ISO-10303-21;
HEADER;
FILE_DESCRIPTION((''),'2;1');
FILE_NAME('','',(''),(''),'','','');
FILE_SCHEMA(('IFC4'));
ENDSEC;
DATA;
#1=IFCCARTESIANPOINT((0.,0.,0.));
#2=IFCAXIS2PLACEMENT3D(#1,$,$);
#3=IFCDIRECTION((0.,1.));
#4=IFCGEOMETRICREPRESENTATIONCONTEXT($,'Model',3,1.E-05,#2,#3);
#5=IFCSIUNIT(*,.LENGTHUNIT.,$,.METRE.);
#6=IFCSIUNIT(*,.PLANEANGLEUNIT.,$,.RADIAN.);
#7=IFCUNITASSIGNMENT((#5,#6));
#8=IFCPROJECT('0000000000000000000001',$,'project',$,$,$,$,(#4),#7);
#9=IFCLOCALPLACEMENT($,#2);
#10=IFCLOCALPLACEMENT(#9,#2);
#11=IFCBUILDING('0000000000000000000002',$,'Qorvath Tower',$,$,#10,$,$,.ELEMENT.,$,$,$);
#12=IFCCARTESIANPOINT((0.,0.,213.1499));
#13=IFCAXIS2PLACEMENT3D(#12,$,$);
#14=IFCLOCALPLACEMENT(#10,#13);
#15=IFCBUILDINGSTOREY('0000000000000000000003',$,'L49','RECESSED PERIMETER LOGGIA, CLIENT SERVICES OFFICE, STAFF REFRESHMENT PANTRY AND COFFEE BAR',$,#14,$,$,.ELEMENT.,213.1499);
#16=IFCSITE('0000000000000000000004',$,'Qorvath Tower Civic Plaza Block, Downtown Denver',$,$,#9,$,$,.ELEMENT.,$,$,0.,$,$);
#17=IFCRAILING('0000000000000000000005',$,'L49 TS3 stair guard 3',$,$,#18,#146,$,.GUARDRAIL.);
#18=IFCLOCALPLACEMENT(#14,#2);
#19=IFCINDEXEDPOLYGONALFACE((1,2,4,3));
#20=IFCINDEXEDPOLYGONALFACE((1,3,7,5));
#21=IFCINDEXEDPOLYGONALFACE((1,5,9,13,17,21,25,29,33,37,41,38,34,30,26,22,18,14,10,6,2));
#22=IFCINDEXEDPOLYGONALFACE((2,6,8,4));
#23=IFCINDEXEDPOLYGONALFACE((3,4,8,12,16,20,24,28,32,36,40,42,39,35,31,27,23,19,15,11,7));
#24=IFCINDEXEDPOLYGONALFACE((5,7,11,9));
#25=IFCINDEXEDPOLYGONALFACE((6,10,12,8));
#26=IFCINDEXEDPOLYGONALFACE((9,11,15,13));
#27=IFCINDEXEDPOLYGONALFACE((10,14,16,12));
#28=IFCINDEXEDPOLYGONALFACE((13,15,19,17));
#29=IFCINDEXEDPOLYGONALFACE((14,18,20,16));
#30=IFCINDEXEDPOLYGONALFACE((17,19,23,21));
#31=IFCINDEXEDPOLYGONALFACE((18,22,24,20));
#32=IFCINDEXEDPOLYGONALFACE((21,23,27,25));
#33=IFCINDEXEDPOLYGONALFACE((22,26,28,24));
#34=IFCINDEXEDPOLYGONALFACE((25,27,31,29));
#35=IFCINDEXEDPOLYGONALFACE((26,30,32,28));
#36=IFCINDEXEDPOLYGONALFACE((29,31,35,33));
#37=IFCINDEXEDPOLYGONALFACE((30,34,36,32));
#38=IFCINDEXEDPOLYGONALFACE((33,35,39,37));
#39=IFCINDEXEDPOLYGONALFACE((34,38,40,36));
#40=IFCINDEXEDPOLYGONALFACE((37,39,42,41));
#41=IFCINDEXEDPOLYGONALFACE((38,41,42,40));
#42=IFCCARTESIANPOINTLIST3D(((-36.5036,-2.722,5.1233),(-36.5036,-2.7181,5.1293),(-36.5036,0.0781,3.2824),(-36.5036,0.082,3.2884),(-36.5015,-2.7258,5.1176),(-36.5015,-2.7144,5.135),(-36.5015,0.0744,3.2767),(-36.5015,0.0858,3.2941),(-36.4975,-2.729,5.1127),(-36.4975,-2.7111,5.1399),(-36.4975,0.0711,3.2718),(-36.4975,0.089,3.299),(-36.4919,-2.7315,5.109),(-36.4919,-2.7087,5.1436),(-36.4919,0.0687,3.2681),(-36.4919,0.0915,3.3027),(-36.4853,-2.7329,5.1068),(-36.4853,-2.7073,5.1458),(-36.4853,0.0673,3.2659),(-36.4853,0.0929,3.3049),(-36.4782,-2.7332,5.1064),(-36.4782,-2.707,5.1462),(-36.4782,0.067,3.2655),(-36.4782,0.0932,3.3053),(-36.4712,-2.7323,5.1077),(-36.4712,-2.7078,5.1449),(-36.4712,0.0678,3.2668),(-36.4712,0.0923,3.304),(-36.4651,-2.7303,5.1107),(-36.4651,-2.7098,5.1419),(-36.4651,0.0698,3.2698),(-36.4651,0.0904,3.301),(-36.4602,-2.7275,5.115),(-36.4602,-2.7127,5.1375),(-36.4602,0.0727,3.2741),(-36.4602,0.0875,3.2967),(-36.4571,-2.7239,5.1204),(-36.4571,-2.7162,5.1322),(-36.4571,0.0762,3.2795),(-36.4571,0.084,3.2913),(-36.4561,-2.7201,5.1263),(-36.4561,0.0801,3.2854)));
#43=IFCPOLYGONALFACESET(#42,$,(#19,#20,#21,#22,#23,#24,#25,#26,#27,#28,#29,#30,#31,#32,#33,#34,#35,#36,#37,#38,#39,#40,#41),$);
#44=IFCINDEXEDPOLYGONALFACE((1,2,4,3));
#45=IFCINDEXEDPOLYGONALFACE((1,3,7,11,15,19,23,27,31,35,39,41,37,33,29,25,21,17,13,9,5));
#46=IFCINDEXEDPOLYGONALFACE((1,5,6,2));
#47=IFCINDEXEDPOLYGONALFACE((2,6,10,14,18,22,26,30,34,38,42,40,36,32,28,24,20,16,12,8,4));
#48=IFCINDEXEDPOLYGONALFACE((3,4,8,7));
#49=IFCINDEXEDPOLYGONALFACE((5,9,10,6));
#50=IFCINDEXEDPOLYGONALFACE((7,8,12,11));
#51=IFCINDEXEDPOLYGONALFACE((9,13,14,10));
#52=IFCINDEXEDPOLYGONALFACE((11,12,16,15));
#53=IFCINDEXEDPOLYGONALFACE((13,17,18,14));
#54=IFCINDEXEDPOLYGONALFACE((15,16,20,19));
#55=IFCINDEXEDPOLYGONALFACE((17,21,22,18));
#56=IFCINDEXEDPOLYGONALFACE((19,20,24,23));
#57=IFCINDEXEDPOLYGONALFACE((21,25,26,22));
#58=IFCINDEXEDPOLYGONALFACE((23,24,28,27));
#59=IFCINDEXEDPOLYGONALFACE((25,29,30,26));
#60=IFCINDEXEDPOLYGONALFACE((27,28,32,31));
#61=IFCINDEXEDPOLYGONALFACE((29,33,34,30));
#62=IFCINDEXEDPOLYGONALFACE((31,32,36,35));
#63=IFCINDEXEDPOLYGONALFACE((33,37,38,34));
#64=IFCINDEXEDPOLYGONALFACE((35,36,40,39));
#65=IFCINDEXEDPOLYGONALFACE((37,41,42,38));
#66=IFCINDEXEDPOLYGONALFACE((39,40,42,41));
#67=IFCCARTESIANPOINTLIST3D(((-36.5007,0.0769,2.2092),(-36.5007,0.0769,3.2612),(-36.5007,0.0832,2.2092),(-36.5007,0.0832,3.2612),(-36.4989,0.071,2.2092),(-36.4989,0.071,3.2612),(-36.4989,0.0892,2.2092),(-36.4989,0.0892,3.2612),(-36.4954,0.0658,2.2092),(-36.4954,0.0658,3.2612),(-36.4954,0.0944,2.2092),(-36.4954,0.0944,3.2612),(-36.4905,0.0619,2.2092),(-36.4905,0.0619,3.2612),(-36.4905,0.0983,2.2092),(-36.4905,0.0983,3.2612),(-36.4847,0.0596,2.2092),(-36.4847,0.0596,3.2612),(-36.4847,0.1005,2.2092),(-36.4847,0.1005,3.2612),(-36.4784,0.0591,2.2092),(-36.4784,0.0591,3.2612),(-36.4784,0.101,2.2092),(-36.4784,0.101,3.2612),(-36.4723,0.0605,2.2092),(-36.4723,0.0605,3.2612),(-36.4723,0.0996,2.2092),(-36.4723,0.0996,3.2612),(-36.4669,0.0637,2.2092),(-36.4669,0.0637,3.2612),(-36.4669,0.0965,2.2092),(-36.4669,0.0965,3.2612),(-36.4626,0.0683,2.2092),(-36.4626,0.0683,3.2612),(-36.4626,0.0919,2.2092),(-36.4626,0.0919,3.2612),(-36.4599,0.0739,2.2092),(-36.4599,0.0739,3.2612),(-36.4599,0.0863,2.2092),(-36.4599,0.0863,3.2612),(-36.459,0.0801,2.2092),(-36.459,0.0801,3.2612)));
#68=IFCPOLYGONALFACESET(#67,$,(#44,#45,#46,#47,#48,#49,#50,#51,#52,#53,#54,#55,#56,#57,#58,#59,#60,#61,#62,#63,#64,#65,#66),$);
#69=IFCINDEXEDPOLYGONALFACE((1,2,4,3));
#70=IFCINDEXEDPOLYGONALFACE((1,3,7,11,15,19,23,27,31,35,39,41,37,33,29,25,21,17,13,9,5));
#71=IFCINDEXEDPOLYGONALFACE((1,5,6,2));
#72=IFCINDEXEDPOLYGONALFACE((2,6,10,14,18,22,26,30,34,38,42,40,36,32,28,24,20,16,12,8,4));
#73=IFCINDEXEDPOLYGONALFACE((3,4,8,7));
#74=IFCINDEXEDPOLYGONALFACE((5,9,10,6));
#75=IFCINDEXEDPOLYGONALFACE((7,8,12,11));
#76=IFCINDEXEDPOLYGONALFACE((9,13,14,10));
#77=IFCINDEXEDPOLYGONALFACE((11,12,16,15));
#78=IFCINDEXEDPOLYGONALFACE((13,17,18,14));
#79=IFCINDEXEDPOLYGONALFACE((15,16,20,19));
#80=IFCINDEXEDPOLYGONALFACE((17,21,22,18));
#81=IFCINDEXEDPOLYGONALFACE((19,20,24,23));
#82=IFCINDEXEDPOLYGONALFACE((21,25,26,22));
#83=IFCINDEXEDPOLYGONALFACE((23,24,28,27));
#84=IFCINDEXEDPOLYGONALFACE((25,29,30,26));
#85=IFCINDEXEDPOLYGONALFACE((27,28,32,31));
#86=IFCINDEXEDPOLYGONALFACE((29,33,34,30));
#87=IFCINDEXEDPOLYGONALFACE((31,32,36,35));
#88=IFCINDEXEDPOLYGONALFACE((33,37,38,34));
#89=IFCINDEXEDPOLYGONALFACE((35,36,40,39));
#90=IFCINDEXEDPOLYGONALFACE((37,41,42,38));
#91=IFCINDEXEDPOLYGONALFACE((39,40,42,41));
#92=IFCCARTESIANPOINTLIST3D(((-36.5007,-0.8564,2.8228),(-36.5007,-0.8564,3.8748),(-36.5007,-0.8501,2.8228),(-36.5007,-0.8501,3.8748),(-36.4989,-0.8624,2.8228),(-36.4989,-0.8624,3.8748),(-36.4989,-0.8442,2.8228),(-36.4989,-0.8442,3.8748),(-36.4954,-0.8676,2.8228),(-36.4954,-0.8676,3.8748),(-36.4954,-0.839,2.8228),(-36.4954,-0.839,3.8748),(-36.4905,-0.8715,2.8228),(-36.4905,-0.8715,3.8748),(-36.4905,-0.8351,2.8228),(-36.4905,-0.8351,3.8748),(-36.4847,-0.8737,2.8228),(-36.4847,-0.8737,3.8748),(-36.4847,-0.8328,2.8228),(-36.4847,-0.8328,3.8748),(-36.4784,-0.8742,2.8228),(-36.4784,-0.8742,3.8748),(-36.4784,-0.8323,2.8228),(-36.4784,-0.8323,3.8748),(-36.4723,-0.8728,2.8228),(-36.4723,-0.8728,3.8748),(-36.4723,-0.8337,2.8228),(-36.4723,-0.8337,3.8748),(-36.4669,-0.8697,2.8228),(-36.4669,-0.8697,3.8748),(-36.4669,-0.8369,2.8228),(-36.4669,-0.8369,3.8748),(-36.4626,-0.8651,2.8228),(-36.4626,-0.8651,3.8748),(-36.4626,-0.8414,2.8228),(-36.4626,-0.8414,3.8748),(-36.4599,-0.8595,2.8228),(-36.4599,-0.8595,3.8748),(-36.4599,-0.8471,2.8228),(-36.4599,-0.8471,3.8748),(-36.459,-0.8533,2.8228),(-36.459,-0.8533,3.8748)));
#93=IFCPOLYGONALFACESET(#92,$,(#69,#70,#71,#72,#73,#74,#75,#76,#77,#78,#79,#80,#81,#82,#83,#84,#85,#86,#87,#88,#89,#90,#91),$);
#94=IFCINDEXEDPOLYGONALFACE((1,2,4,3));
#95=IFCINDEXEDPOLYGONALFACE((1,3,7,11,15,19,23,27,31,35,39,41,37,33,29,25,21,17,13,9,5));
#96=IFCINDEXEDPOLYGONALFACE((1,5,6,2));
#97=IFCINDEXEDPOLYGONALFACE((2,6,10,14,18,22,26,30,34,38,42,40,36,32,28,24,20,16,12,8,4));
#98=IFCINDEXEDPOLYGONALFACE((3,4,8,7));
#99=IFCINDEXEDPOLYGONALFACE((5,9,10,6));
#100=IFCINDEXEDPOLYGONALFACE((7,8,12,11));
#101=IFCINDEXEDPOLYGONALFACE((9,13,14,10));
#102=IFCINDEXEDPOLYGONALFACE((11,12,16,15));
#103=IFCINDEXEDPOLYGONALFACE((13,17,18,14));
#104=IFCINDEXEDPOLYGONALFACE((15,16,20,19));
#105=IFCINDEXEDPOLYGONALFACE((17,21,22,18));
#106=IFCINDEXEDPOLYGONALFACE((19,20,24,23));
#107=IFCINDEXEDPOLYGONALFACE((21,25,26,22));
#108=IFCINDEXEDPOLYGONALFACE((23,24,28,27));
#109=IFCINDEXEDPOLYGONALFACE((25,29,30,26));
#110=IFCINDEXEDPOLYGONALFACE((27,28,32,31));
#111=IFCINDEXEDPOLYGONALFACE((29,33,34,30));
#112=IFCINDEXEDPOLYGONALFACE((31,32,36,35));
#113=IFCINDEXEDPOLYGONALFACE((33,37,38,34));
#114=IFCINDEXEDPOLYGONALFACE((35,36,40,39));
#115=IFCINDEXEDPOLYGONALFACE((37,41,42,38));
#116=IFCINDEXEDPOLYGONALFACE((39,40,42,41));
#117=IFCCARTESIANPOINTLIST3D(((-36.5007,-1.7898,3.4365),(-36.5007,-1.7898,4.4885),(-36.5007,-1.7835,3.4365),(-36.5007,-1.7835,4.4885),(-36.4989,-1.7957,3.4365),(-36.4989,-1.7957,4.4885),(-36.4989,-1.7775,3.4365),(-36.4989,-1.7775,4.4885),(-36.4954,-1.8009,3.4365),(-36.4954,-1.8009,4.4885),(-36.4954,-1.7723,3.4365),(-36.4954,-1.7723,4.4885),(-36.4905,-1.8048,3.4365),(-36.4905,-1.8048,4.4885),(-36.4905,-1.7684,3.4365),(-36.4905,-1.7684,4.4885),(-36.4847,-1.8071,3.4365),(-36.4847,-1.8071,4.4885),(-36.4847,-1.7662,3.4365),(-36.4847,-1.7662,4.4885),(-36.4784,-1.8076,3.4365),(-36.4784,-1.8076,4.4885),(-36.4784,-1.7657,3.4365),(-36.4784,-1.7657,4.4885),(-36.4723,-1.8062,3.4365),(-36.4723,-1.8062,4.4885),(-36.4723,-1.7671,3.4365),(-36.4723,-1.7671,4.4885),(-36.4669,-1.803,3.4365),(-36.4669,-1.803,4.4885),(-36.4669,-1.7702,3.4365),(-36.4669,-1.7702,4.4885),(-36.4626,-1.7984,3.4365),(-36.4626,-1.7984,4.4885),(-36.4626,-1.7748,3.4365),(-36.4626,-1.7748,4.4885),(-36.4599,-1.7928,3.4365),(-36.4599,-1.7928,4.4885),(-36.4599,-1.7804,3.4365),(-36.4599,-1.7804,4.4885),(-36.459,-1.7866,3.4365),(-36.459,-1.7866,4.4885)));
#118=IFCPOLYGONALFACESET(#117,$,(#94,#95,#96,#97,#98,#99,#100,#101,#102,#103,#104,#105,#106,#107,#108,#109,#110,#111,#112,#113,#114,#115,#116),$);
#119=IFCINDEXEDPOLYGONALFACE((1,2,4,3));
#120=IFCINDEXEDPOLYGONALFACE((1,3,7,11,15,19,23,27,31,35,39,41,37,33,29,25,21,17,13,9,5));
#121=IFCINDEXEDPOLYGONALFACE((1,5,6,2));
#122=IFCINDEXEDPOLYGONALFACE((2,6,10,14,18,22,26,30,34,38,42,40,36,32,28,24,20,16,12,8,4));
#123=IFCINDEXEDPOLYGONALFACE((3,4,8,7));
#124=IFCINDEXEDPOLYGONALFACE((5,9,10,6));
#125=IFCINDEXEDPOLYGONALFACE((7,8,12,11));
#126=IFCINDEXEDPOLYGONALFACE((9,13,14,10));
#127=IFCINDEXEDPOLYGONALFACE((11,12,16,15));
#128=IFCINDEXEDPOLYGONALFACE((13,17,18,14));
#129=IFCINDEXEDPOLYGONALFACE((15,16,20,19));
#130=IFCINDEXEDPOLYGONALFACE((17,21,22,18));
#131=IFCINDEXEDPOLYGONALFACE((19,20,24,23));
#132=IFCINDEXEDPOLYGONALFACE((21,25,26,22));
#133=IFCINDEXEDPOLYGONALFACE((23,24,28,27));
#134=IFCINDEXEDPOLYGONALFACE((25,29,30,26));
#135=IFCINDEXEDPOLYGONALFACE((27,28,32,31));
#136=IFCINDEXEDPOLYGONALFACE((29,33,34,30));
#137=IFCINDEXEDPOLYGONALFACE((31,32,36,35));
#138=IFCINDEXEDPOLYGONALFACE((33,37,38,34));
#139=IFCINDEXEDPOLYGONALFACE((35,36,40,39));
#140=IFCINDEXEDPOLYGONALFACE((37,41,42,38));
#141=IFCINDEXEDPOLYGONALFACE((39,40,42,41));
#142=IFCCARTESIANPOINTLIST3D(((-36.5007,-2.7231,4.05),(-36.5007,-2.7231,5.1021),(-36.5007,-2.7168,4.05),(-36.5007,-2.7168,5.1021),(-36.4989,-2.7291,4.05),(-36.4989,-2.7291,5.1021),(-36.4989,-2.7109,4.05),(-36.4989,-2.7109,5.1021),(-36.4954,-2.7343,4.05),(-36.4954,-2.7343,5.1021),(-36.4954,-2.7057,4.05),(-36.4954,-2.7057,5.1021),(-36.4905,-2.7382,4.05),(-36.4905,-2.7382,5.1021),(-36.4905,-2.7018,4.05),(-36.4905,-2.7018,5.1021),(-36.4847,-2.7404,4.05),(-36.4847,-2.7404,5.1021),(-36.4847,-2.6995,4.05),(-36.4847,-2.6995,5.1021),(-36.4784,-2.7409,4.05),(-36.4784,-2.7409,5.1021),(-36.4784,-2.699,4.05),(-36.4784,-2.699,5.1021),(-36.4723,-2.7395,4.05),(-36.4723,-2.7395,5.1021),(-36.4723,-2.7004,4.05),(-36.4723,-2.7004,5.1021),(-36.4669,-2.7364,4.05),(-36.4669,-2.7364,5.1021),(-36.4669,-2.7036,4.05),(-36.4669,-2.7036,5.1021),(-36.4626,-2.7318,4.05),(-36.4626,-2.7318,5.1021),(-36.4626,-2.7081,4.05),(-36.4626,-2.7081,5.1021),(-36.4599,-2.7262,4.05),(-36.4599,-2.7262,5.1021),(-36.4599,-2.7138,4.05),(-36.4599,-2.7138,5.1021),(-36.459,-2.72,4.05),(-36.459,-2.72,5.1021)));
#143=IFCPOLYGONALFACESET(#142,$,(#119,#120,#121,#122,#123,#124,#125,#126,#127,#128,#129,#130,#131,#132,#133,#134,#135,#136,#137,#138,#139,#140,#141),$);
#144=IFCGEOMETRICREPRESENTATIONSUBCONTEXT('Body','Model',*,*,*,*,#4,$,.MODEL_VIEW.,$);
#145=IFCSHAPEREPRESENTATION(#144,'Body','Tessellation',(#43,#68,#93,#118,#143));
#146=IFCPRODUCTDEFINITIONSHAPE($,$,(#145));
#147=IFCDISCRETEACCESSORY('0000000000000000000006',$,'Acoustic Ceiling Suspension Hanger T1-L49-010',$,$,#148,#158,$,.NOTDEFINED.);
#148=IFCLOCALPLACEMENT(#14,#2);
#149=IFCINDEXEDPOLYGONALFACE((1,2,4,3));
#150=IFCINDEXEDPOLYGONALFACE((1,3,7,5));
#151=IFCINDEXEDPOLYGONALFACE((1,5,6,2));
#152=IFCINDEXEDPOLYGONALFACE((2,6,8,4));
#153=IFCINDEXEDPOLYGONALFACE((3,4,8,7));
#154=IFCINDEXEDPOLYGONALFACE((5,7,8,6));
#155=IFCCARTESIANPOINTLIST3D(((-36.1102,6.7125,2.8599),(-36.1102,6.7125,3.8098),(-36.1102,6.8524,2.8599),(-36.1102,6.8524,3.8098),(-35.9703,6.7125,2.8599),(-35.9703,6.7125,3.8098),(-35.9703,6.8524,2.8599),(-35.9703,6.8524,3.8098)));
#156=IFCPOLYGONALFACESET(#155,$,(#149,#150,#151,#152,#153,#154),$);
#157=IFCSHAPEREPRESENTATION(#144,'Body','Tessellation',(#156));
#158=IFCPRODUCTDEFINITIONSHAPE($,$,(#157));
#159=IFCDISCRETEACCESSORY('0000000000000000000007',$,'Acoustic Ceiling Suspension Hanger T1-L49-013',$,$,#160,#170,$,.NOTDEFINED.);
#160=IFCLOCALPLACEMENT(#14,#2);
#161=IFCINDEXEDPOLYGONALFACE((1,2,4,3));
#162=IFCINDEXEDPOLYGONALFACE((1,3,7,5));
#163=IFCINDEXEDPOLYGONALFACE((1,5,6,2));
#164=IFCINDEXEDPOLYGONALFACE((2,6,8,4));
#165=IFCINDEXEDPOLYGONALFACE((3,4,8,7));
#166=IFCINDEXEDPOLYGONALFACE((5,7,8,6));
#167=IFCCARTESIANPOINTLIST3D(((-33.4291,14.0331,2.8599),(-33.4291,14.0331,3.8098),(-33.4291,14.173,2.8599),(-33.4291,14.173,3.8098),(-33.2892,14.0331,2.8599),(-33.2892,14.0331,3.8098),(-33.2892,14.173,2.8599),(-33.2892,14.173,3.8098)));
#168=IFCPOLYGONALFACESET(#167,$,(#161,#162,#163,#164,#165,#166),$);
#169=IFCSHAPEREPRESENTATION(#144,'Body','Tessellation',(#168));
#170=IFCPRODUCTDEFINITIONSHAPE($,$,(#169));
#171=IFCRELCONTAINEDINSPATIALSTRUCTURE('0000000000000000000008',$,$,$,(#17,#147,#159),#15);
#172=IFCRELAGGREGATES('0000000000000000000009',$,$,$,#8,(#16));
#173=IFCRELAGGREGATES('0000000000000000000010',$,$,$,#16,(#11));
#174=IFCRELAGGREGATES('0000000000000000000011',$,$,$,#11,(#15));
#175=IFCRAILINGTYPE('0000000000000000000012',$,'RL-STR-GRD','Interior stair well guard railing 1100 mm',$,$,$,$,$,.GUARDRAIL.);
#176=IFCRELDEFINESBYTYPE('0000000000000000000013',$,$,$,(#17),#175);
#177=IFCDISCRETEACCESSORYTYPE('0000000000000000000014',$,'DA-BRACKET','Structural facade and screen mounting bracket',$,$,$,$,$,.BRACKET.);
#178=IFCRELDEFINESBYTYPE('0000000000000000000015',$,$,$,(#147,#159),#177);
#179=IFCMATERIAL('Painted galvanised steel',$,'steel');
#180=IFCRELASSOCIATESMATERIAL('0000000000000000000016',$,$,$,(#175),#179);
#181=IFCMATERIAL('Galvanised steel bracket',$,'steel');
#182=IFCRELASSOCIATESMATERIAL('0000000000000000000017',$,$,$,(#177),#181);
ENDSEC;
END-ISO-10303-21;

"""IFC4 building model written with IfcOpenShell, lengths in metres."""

from ifc_helpers import new_model, si_unit, direction, frame, origin, origin_2d, place, context, subcontext, project, spatial, rectangle, circle, extrude, material, type_object, element, save


model = new_model("IFC4")

# Units and contexts
model_context = context("Model", 3, precision=1e-05, world=origin(), true_north=direction((0.0, 1.0)))
body_context = subcontext(model_context, "Body", "Model", "MODEL_VIEW")
ifc_project = project(units=[si_unit("LENGTHUNIT", "METRE"), si_unit("PLANEANGLEUNIT", "RADIAN")], contexts=[model_context])

# Site, building, storey
site_placement = place(None, origin())
site = spatial("IfcSite", under=ifc_project, at=site_placement, Name="Qorvath Tower Civic Plaza Block, Downtown Denver", CompositionType="ELEMENT", RefElevation=0.0)
building_placement = place(site_placement, origin())
building = spatial("IfcBuilding", under=site, at=building_placement, Name="Qorvath Tower", CompositionType="ELEMENT")
storey_placement = place(building_placement, frame((0.0, 0.0, 213.1499)))
storey = spatial("IfcBuildingStorey", under=building, at=storey_placement, Name="L49", Description="RECESSED PERIMETER LOGGIA, CLIENT SERVICES OFFICE, STAFF REFRESHMENT PANTRY AND COFFEE BAR", CompositionType="ELEMENT", Elevation=213.1499)

# Railing
ifc_material_1 = material(Name="Painted galvanised steel", Category="steel")
railing_type = type_object("IfcRailingType", Name="RL-STR-GRD", Description="Interior stair well guard railing 1100 mm", PredefinedType="GUARDRAIL", material=ifc_material_1)
railing_1_placement = place(storey_placement, frame((-36.48, 0.0801, 2.2092)))
element("IfcRailing", 1, at=railing_1_placement, inside=storey, type_object=railing_type, Name="L49 TS3 stair guard 3", PredefinedType="GUARDRAIL", context=body_context, shape_type="SweptSolid", body=[
    extrude(circle(Radius=0.0239, at=origin_2d()), frame((0.0, 0.0, 1.0762), z_axis=(0.0, -0.835598, 0.549342), x_axis=(1.0, 0.0, 0.0)), (0.0, 0.0, 1.0), 3.3511),
    extrude(circle(Radius=0.021, at=origin_2d()), origin(), (0.0, 0.0, 1.0), 1.052),
    extrude(circle(Radius=0.021, at=origin_2d()), frame((0.0, -0.9333, 0.6135)), (0.0, 0.0, 1.0), 1.052),
    extrude(circle(Radius=0.021, at=origin_2d()), frame((0.0, -1.8667, 1.2273)), (0.0, 0.0, 1.0), 1.052),
    extrude(circle(Radius=0.021, at=origin_2d()), frame((0.0, -2.8, 1.8408)), (0.0, 0.0, 1.0), 1.052),
])

# Discrete accessories
ifc_material_2 = material(Name="Galvanised steel bracket", Category="steel")
discrete_accessory_type = type_object("IfcDiscreteAccessoryType", Name="DA-BRACKET", Description="Structural facade and screen mounting bracket", PredefinedType="BRACKET", material=ifc_material_2)
for number, where, z_axis, x_axis, name in (
    (2, (-36.0403, 6.7825, 2.8599), (0.0, 0.0, 1.0), (1.0, 0.0, 0.0), "Acoustic Ceiling Suspension Hanger T1-L49-010"),
    (3, (-33.3591, 14.103, 2.8599), (0.0, 0.0, 1.0), (1.0, 0.0, 0.0), "Acoustic Ceiling Suspension Hanger T1-L49-013"),
):
    element("IfcDiscreteAccessory", number, at=place(storey_placement, frame(where, z_axis=z_axis, x_axis=x_axis)), inside=storey, type_object=discrete_accessory_type, Name=name, PredefinedType="NOTDEFINED", context=body_context, shape_type="SweptSolid", body=[
        extrude(rectangle(XDim=0.1399, YDim=0.1399, at=origin_2d()), origin(), (0.0, 0.0, 1.0), 0.95),
    ])

save(model, "model.ifc")
